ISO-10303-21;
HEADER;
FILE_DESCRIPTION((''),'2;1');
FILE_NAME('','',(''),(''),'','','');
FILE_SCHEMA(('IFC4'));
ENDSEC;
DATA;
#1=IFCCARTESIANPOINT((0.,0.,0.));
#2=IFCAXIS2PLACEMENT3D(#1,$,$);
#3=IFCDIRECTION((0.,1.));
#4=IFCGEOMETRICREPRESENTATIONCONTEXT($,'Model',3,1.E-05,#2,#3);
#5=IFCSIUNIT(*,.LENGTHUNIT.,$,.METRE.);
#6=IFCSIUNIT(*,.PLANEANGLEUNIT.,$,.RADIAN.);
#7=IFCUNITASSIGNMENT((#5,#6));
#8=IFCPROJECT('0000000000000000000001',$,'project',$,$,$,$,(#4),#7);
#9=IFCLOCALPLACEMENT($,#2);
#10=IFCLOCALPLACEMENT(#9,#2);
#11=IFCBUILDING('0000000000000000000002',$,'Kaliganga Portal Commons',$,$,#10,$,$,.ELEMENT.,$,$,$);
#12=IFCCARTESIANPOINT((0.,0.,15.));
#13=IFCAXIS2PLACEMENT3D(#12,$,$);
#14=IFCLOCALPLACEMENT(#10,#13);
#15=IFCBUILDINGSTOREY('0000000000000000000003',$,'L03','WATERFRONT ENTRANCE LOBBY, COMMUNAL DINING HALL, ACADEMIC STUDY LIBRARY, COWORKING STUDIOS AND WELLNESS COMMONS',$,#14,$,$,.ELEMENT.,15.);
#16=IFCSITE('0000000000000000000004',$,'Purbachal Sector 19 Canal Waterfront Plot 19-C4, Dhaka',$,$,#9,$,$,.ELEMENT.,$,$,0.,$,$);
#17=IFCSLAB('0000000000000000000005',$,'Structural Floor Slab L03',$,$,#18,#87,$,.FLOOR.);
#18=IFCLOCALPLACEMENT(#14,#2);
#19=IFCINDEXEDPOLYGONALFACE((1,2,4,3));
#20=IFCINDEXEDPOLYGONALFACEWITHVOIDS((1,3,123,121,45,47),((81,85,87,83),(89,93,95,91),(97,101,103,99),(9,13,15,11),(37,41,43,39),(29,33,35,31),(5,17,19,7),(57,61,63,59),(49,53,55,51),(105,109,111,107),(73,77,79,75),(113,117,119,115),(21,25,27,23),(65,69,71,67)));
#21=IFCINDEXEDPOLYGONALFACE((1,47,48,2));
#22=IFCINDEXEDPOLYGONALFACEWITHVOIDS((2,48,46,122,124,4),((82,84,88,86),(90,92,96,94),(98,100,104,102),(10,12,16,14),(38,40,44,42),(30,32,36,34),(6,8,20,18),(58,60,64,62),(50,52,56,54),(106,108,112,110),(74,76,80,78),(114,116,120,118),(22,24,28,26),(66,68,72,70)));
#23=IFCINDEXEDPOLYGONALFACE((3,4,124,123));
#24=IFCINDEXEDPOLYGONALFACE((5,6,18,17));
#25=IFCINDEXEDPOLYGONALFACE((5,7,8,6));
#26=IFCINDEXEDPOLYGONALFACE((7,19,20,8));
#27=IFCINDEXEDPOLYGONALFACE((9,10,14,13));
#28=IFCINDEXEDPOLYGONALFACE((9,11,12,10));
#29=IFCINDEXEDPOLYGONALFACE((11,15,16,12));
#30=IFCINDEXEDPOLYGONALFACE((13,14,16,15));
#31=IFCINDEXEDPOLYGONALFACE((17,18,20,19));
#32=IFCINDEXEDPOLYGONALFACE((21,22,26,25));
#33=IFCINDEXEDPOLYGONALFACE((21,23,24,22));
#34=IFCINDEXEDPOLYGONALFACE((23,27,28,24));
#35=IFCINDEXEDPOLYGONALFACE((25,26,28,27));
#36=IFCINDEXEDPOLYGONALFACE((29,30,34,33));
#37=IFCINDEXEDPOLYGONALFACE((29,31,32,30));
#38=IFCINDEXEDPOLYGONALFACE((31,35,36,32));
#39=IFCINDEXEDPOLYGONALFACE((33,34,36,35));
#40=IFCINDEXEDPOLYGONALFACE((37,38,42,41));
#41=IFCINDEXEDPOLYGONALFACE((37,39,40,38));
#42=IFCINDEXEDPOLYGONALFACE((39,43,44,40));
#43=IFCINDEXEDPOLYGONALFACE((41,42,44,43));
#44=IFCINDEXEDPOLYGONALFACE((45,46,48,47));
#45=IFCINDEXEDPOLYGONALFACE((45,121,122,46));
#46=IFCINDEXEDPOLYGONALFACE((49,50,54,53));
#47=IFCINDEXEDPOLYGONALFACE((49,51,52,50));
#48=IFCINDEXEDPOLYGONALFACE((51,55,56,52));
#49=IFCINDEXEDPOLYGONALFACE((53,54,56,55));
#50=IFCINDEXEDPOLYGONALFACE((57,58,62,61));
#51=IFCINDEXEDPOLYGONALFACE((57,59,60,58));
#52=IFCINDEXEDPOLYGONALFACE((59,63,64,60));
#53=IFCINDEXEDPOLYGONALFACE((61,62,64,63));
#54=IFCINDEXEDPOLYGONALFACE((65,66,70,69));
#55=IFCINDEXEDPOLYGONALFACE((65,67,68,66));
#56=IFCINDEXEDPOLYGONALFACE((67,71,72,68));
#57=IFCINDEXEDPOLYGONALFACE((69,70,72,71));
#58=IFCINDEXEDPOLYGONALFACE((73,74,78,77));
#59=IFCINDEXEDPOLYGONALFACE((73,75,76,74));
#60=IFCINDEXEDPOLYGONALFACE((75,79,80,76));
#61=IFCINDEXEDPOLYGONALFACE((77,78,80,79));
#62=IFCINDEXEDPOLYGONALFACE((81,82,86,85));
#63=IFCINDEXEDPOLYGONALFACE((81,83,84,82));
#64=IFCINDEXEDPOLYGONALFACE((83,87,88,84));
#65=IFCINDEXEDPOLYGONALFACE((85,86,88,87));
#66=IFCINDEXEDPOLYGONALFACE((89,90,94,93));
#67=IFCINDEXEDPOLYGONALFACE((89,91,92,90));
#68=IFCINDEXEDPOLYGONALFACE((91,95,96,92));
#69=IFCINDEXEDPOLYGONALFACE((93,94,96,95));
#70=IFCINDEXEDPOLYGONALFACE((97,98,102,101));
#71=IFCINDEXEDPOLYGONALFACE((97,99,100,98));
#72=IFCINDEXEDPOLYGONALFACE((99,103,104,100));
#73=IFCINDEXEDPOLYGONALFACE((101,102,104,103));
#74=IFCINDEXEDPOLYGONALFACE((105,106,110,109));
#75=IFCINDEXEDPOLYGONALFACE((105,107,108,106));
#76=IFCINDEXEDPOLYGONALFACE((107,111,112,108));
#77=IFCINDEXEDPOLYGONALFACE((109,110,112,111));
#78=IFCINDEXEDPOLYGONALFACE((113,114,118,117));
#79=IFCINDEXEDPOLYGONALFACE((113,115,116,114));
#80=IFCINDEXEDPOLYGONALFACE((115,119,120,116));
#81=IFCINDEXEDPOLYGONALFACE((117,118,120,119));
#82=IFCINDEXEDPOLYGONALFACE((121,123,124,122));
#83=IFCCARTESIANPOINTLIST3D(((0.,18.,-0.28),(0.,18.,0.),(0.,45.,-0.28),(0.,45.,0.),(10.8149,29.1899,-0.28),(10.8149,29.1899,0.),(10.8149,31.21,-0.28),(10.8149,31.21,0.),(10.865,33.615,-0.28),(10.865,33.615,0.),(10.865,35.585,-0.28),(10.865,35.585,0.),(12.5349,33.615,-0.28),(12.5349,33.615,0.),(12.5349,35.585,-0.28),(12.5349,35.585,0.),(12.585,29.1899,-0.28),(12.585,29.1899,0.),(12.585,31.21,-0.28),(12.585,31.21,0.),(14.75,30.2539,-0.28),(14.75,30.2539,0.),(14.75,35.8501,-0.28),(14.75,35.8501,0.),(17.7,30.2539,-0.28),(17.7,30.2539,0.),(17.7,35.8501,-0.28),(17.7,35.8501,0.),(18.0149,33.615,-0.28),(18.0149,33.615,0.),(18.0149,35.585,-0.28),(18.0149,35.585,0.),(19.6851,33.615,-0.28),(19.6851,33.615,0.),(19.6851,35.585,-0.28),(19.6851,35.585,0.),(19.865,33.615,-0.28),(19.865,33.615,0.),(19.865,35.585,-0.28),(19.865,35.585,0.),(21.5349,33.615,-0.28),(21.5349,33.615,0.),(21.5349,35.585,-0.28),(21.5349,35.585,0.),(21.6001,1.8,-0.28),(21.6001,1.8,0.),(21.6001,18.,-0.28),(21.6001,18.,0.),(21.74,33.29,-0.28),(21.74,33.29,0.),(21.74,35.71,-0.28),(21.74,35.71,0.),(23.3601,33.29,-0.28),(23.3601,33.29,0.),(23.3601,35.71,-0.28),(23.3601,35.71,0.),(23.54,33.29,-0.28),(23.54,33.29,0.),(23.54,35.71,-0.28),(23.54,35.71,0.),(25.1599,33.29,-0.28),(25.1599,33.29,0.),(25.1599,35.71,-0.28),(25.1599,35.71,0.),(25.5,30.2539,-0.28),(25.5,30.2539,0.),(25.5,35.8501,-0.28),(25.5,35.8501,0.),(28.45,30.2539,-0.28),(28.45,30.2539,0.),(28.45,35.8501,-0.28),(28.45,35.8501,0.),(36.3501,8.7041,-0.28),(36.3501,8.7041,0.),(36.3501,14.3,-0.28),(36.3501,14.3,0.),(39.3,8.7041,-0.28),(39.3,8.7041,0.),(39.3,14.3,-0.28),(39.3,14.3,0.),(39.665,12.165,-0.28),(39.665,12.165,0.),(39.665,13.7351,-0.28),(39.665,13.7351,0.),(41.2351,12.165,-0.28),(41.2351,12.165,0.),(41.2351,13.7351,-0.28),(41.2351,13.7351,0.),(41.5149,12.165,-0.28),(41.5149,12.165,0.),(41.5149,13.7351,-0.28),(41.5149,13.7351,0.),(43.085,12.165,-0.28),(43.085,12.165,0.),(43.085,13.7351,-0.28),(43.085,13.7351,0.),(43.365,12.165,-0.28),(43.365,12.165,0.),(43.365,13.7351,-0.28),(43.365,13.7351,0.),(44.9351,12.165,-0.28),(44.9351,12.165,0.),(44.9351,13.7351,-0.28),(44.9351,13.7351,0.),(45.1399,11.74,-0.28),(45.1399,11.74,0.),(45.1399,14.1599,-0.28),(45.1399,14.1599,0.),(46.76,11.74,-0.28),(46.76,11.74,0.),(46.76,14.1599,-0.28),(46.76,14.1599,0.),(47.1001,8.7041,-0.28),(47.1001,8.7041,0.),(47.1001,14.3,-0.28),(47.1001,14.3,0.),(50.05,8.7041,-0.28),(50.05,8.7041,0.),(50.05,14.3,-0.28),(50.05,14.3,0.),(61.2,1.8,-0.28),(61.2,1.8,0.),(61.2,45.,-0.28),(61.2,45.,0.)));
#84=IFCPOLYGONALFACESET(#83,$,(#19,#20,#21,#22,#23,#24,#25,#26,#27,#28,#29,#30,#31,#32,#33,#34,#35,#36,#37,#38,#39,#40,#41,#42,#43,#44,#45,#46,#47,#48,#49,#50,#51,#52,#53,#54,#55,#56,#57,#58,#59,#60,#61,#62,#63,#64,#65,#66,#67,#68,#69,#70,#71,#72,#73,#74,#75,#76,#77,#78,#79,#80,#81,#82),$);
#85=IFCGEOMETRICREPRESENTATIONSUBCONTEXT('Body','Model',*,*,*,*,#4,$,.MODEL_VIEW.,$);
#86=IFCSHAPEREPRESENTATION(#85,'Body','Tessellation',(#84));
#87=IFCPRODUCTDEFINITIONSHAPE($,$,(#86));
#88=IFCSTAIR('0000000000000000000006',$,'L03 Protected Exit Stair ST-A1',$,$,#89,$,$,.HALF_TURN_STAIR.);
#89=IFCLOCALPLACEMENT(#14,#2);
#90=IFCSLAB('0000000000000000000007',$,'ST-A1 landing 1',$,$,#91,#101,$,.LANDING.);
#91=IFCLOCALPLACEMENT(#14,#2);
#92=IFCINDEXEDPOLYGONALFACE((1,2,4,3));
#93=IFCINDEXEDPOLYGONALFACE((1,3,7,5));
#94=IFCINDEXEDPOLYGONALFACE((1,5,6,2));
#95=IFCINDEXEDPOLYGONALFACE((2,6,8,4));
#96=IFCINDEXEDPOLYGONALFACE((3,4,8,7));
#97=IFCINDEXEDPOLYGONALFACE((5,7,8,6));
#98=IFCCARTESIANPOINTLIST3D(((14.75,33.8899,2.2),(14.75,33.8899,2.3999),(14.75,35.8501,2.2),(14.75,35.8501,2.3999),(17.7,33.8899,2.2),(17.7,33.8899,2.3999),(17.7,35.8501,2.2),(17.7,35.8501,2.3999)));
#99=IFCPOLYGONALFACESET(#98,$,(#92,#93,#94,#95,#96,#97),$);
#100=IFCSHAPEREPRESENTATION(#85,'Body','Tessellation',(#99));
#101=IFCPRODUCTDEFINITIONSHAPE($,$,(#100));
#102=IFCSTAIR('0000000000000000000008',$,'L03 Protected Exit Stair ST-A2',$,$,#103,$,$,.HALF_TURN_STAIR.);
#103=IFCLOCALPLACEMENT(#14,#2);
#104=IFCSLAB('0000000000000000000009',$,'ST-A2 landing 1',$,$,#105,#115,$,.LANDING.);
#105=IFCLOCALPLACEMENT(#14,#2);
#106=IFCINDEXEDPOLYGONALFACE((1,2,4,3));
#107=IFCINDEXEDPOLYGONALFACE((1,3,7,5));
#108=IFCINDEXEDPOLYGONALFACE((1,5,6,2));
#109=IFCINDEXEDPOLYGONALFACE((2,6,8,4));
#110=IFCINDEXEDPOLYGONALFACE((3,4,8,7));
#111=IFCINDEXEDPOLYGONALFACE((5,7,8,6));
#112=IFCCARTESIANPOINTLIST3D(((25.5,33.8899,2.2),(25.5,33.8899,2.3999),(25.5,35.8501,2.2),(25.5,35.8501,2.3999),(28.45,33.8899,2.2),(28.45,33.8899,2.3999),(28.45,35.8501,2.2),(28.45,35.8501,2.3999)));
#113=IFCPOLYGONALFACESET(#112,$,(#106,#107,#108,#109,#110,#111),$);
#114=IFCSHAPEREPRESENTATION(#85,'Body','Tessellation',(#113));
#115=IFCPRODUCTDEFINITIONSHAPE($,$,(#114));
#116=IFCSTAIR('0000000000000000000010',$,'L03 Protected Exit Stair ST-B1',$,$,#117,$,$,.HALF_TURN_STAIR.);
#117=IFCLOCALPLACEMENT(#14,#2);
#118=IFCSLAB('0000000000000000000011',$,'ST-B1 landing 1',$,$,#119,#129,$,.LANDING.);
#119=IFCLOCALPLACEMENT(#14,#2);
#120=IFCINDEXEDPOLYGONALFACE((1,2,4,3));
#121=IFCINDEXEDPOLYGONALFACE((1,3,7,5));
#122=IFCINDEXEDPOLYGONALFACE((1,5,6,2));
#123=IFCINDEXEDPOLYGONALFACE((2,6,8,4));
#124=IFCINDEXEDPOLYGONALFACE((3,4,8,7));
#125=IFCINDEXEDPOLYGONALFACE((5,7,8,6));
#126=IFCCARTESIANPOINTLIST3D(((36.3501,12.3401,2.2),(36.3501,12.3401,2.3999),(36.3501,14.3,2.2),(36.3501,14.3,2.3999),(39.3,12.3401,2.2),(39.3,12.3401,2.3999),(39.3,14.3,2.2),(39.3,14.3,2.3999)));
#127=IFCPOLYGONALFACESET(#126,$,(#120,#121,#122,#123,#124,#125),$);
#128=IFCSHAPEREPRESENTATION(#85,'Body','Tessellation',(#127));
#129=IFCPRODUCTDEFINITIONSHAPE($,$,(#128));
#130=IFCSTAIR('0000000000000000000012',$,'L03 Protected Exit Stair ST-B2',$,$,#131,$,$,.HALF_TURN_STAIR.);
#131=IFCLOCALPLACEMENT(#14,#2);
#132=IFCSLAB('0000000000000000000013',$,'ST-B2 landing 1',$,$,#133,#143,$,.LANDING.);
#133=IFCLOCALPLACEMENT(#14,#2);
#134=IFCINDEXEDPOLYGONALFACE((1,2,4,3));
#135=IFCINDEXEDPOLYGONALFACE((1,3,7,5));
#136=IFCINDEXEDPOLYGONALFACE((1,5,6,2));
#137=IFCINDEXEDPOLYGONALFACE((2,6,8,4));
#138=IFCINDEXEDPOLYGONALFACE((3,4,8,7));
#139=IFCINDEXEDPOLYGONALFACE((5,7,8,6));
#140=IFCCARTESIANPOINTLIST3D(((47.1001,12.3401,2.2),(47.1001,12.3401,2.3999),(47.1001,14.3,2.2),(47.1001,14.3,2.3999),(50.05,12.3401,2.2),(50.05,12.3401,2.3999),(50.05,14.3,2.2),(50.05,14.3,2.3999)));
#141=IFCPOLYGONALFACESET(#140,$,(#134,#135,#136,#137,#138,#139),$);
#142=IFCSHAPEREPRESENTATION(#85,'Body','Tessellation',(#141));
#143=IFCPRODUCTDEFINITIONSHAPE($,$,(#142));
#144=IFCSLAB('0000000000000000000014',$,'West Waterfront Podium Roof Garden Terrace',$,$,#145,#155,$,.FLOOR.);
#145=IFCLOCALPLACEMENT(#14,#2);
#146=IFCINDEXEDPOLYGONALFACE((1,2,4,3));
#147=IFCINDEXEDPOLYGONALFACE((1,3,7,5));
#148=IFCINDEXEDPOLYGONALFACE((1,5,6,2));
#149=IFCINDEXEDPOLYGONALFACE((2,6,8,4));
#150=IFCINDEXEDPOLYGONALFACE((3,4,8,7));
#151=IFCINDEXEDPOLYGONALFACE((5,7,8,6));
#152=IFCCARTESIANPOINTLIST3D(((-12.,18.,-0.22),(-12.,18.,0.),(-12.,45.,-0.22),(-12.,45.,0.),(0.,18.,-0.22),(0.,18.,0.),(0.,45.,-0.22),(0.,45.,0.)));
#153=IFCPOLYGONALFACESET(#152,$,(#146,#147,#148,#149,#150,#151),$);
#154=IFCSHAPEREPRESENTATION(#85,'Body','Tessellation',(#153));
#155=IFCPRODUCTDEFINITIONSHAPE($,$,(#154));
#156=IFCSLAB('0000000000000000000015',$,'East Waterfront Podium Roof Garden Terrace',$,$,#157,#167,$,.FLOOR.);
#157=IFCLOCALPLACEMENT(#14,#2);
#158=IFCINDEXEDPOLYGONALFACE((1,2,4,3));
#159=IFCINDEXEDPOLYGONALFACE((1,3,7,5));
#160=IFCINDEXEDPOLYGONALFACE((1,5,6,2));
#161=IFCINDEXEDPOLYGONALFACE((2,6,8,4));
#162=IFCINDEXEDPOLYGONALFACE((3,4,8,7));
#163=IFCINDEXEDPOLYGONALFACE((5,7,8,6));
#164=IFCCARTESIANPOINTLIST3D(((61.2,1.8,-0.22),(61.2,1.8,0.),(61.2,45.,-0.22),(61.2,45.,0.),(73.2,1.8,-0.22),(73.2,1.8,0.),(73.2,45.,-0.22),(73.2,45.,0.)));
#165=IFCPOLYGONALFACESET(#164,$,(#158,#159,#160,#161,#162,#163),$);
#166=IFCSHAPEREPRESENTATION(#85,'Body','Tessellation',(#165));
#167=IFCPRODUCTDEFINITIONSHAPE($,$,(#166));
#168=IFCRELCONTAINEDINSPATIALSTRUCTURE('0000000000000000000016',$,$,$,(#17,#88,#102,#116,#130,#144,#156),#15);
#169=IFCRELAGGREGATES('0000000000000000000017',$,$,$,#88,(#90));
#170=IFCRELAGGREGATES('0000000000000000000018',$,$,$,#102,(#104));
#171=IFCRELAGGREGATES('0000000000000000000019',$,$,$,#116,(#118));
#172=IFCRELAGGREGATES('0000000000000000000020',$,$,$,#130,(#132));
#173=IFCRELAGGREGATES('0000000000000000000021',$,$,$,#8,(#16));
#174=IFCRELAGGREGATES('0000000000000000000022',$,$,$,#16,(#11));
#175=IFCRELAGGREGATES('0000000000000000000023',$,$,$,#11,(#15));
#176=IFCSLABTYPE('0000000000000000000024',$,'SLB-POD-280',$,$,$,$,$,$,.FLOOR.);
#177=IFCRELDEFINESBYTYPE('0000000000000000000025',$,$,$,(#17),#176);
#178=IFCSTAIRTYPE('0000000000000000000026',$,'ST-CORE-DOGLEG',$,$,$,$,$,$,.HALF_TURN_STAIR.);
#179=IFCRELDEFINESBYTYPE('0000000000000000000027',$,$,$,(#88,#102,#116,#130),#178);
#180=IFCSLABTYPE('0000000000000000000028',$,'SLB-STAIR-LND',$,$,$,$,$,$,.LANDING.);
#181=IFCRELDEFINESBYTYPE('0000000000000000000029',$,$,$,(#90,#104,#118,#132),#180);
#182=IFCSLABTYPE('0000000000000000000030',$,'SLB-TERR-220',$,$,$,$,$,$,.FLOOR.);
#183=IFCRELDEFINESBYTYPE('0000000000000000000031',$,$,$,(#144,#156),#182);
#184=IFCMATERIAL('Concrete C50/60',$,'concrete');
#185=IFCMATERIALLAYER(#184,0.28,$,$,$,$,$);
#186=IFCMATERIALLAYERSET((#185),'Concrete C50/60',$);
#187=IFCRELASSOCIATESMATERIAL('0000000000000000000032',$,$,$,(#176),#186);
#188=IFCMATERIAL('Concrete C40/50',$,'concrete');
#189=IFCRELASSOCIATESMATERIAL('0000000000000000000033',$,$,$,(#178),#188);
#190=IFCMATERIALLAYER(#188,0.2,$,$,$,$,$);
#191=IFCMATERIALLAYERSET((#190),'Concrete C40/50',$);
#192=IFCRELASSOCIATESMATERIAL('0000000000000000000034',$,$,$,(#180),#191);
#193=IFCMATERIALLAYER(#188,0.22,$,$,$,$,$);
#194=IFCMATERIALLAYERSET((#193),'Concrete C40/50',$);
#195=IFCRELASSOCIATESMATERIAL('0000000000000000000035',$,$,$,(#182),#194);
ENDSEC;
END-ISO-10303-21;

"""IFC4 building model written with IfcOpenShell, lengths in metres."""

from ifc_helpers import new_model, si_unit, direction, frame, origin, place, context, subcontext, project, spatial, polyline, outline, extrude, material, layer, layer_set, type_object, element, aggregate, save


model = new_model("IFC4")

# Units and contexts
model_context = context("Model", 3, precision=1e-05, world=origin(), true_north=direction((0.0, 1.0)))
body_context = subcontext(model_context, "Body", "Model", "MODEL_VIEW")
ifc_project = project(units=[si_unit("LENGTHUNIT", "METRE"), si_unit("PLANEANGLEUNIT", "RADIAN")], contexts=[model_context])

# Site, building, storey
site_placement = place(None, origin())
site = spatial("IfcSite", under=ifc_project, at=site_placement, Name="Purbachal Sector 19 Canal Waterfront Plot 19-C4, Dhaka", CompositionType="ELEMENT", RefElevation=0.0)
building_placement = place(site_placement, origin())
building = spatial("IfcBuilding", under=site, at=building_placement, Name="Kaliganga Portal Commons", CompositionType="ELEMENT")
storey_placement = place(building_placement, frame((0.0, 0.0, 15.0)))
storey = spatial("IfcBuildingStorey", under=building, at=storey_placement, Name="L03", Description="WATERFRONT ENTRANCE LOBBY, COMMUNAL DINING HALL, ACADEMIC STUDY LIBRARY, COWORKING STUDIOS AND WELLNESS COMMONS", CompositionType="ELEMENT", Elevation=15.0)

# Slab
ifc_material_1 = material(Name="Concrete C50/60", Category="concrete")
ifc_layer_1 = layer(ifc_material_1, 0.28)
ifc_layer_set_1 = layer_set([ifc_layer_1], Name="Concrete C50/60")
slab_type_1 = type_object("IfcSlabType", Name="SLB-POD-280", PredefinedType="FLOOR", material=ifc_layer_set_1)
slab_1_placement = place(storey_placement, frame((0.0, 0.0, -0.28)))
element("IfcSlab", 1, at=slab_1_placement, inside=storey, type_object=slab_type_1, Name="Structural Floor Slab L03", PredefinedType="FLOOR", context=body_context, shape_type="SweptSolid", body=[
    extrude(outline(polyline([(21.6001, 1.8), (61.2, 1.8), (61.2, 45.0), (0.0, 45.0), (0.0, 18.0), (21.6001, 18.0), (21.6001, 1.8)]), holes=[polyline([(14.75, 30.2539), (14.75, 35.8501), (17.7, 35.8501), (17.7, 30.2539), (14.75, 30.2539)]), polyline([(25.5, 30.2539), (25.5, 35.8501), (28.45, 35.8501), (28.45, 30.2539), (25.5, 30.2539)]), polyline([(36.3501, 8.7041), (36.3501, 14.3), (39.3, 14.3), (39.3, 8.7041), (36.3501, 8.7041)]), polyline([(47.1001, 8.7041), (47.1001, 14.3), (50.05, 14.3), (50.05, 8.7041), (47.1001, 8.7041)]), polyline([(18.0149, 33.615), (18.0149, 35.585), (19.6851, 35.585), (19.6851, 33.615), (18.0149, 33.615)]), polyline([(19.865, 33.615), (19.865, 35.585), (21.5349, 35.585), (21.5349, 33.615), (19.865, 33.615)]), polyline([(10.8149, 29.1899), (10.8149, 31.21), (12.585, 31.21), (12.585, 29.1899), (10.8149, 29.1899)]), polyline([(10.865, 33.615), (10.865, 35.585), (12.5349, 35.585), (12.5349, 33.615), (10.865, 33.615)]), polyline([(21.74, 33.29), (21.74, 35.71), (23.3601, 35.71), (23.3601, 33.29), (21.74, 33.29)]), polyline([(23.54, 33.29), (23.54, 35.71), (25.1599, 35.71), (25.1599, 33.29), (23.54, 33.29)]), polyline([(39.665, 12.165), (39.665, 13.7351), (41.2351, 13.7351), (41.2351, 12.165), (39.665, 12.165)]), polyline([(41.5149, 12.165), (41.5149, 13.7351), (43.085, 13.7351), (43.085, 12.165), (41.5149, 12.165)]), polyline([(43.365, 12.165), (43.365, 13.7351), (44.9351, 13.7351), (44.9351, 12.165), (43.365, 12.165)]), polyline([(45.1399, 11.74), (45.1399, 14.1599), (46.76, 14.1599), (46.76, 11.74), (45.1399, 11.74)])]), origin(), (0.0, 0.0, 1.0), 0.28),
])

# Stairs, slabs
ifc_material_2 = material(Name="Concrete C40/50", Category="concrete")
stair_type = type_object("IfcStairType", Name="ST-CORE-DOGLEG", PredefinedType="HALF_TURN_STAIR", material=ifc_material_2)
stair_1_placement = place(storey_placement, origin())
stair_1 = element("IfcStair", 2, at=stair_1_placement, inside=storey, type_object=stair_type, Name="L03 Protected Exit Stair ST-A1", PredefinedType="HALF_TURN_STAIR")
ifc_layer_2 = layer(ifc_material_2, 0.2)
ifc_layer_set_2 = layer_set([ifc_layer_2], Name="Concrete C40/50")
slab_type_2 = type_object("IfcSlabType", Name="SLB-STAIR-LND", PredefinedType="LANDING", material=ifc_layer_set_2)
slab_2_placement = place(storey_placement, frame((0.0, 0.0, 2.2)))
slab_2 = element("IfcSlab", 3, at=slab_2_placement, type_object=slab_type_2, Name="ST-A1 landing 1", PredefinedType="LANDING", context=body_context, shape_type="SweptSolid", body=[
    extrude(outline(polyline([(17.7, 33.8899), (17.7, 35.8501), (14.75, 35.8501), (14.75, 33.8899), (17.7, 33.8899)])), origin(), (0.0, 0.0, 1.0), 0.2),
])
aggregate(stair_1, [slab_2])
stair_2_placement = place(storey_placement, origin())
stair_2 = element("IfcStair", 4, at=stair_2_placement, inside=storey, type_object=stair_type, Name="L03 Protected Exit Stair ST-A2", PredefinedType="HALF_TURN_STAIR")
slab_3_placement = place(storey_placement, frame((0.0, 0.0, 2.2)))
slab_3 = element("IfcSlab", 5, at=slab_3_placement, type_object=slab_type_2, Name="ST-A2 landing 1", PredefinedType="LANDING", context=body_context, shape_type="SweptSolid", body=[
    extrude(outline(polyline([(28.45, 33.8899), (28.45, 35.8501), (25.5, 35.8501), (25.5, 33.8899), (28.45, 33.8899)])), origin(), (0.0, 0.0, 1.0), 0.2),
])
aggregate(stair_2, [slab_3])
stair_3_placement = place(storey_placement, origin())
stair_3 = element("IfcStair", 6, at=stair_3_placement, inside=storey, type_object=stair_type, Name="L03 Protected Exit Stair ST-B1", PredefinedType="HALF_TURN_STAIR")
slab_4_placement = place(storey_placement, frame((0.0, 0.0, 2.2)))
slab_4 = element("IfcSlab", 7, at=slab_4_placement, type_object=slab_type_2, Name="ST-B1 landing 1", PredefinedType="LANDING", context=body_context, shape_type="SweptSolid", body=[
    extrude(outline(polyline([(39.3, 12.3401), (39.3, 14.3), (36.3501, 14.3), (36.3501, 12.3401), (39.3, 12.3401)])), origin(), (0.0, 0.0, 1.0), 0.2),
])
aggregate(stair_3, [slab_4])
stair_4_placement = place(storey_placement, origin())
stair_4 = element("IfcStair", 8, at=stair_4_placement, inside=storey, type_object=stair_type, Name="L03 Protected Exit Stair ST-B2", PredefinedType="HALF_TURN_STAIR")
slab_5_placement = place(storey_placement, frame((0.0, 0.0, 2.2)))
slab_5 = element("IfcSlab", 9, at=slab_5_placement, type_object=slab_type_2, Name="ST-B2 landing 1", PredefinedType="LANDING", context=body_context, shape_type="SweptSolid", body=[
    extrude(outline(polyline([(50.05, 12.3401), (50.05, 14.3), (47.1001, 14.3), (47.1001, 12.3401), (50.05, 12.3401)])), origin(), (0.0, 0.0, 1.0), 0.2),
])
aggregate(stair_4, [slab_5])

# Slabs
ifc_layer_3 = layer(ifc_material_2, 0.22)
ifc_layer_set_3 = layer_set([ifc_layer_3], Name="Concrete C40/50")
slab_type_3 = type_object("IfcSlabType", Name="SLB-TERR-220", PredefinedType="FLOOR", material=ifc_layer_set_3)
slab_6_placement = place(storey_placement, frame((0.0, 0.0, -0.22)))
element("IfcSlab", 10, at=slab_6_placement, inside=storey, type_object=slab_type_3, Name="West Waterfront Podium Roof Garden Terrace", PredefinedType="FLOOR", context=body_context, shape_type="SweptSolid", body=[
    extrude(outline(polyline([(-12.0, 18.0), (0.0, 18.0), (0.0, 45.0), (-12.0, 45.0), (-12.0, 18.0)])), origin(), (0.0, 0.0, 1.0), 0.22),
])
slab_7_placement = place(storey_placement, frame((0.0, 0.0, -0.22)))
element("IfcSlab", 11, at=slab_7_placement, inside=storey, type_object=slab_type_3, Name="East Waterfront Podium Roof Garden Terrace", PredefinedType="FLOOR", context=body_context, shape_type="SweptSolid", body=[
    extrude(outline(polyline([(61.2, 1.8), (73.2, 1.8), (73.2, 45.0), (61.2, 45.0), (61.2, 1.8)])), origin(), (0.0, 0.0, 1.0), 0.22),
])

save(model, "model.ifc")
